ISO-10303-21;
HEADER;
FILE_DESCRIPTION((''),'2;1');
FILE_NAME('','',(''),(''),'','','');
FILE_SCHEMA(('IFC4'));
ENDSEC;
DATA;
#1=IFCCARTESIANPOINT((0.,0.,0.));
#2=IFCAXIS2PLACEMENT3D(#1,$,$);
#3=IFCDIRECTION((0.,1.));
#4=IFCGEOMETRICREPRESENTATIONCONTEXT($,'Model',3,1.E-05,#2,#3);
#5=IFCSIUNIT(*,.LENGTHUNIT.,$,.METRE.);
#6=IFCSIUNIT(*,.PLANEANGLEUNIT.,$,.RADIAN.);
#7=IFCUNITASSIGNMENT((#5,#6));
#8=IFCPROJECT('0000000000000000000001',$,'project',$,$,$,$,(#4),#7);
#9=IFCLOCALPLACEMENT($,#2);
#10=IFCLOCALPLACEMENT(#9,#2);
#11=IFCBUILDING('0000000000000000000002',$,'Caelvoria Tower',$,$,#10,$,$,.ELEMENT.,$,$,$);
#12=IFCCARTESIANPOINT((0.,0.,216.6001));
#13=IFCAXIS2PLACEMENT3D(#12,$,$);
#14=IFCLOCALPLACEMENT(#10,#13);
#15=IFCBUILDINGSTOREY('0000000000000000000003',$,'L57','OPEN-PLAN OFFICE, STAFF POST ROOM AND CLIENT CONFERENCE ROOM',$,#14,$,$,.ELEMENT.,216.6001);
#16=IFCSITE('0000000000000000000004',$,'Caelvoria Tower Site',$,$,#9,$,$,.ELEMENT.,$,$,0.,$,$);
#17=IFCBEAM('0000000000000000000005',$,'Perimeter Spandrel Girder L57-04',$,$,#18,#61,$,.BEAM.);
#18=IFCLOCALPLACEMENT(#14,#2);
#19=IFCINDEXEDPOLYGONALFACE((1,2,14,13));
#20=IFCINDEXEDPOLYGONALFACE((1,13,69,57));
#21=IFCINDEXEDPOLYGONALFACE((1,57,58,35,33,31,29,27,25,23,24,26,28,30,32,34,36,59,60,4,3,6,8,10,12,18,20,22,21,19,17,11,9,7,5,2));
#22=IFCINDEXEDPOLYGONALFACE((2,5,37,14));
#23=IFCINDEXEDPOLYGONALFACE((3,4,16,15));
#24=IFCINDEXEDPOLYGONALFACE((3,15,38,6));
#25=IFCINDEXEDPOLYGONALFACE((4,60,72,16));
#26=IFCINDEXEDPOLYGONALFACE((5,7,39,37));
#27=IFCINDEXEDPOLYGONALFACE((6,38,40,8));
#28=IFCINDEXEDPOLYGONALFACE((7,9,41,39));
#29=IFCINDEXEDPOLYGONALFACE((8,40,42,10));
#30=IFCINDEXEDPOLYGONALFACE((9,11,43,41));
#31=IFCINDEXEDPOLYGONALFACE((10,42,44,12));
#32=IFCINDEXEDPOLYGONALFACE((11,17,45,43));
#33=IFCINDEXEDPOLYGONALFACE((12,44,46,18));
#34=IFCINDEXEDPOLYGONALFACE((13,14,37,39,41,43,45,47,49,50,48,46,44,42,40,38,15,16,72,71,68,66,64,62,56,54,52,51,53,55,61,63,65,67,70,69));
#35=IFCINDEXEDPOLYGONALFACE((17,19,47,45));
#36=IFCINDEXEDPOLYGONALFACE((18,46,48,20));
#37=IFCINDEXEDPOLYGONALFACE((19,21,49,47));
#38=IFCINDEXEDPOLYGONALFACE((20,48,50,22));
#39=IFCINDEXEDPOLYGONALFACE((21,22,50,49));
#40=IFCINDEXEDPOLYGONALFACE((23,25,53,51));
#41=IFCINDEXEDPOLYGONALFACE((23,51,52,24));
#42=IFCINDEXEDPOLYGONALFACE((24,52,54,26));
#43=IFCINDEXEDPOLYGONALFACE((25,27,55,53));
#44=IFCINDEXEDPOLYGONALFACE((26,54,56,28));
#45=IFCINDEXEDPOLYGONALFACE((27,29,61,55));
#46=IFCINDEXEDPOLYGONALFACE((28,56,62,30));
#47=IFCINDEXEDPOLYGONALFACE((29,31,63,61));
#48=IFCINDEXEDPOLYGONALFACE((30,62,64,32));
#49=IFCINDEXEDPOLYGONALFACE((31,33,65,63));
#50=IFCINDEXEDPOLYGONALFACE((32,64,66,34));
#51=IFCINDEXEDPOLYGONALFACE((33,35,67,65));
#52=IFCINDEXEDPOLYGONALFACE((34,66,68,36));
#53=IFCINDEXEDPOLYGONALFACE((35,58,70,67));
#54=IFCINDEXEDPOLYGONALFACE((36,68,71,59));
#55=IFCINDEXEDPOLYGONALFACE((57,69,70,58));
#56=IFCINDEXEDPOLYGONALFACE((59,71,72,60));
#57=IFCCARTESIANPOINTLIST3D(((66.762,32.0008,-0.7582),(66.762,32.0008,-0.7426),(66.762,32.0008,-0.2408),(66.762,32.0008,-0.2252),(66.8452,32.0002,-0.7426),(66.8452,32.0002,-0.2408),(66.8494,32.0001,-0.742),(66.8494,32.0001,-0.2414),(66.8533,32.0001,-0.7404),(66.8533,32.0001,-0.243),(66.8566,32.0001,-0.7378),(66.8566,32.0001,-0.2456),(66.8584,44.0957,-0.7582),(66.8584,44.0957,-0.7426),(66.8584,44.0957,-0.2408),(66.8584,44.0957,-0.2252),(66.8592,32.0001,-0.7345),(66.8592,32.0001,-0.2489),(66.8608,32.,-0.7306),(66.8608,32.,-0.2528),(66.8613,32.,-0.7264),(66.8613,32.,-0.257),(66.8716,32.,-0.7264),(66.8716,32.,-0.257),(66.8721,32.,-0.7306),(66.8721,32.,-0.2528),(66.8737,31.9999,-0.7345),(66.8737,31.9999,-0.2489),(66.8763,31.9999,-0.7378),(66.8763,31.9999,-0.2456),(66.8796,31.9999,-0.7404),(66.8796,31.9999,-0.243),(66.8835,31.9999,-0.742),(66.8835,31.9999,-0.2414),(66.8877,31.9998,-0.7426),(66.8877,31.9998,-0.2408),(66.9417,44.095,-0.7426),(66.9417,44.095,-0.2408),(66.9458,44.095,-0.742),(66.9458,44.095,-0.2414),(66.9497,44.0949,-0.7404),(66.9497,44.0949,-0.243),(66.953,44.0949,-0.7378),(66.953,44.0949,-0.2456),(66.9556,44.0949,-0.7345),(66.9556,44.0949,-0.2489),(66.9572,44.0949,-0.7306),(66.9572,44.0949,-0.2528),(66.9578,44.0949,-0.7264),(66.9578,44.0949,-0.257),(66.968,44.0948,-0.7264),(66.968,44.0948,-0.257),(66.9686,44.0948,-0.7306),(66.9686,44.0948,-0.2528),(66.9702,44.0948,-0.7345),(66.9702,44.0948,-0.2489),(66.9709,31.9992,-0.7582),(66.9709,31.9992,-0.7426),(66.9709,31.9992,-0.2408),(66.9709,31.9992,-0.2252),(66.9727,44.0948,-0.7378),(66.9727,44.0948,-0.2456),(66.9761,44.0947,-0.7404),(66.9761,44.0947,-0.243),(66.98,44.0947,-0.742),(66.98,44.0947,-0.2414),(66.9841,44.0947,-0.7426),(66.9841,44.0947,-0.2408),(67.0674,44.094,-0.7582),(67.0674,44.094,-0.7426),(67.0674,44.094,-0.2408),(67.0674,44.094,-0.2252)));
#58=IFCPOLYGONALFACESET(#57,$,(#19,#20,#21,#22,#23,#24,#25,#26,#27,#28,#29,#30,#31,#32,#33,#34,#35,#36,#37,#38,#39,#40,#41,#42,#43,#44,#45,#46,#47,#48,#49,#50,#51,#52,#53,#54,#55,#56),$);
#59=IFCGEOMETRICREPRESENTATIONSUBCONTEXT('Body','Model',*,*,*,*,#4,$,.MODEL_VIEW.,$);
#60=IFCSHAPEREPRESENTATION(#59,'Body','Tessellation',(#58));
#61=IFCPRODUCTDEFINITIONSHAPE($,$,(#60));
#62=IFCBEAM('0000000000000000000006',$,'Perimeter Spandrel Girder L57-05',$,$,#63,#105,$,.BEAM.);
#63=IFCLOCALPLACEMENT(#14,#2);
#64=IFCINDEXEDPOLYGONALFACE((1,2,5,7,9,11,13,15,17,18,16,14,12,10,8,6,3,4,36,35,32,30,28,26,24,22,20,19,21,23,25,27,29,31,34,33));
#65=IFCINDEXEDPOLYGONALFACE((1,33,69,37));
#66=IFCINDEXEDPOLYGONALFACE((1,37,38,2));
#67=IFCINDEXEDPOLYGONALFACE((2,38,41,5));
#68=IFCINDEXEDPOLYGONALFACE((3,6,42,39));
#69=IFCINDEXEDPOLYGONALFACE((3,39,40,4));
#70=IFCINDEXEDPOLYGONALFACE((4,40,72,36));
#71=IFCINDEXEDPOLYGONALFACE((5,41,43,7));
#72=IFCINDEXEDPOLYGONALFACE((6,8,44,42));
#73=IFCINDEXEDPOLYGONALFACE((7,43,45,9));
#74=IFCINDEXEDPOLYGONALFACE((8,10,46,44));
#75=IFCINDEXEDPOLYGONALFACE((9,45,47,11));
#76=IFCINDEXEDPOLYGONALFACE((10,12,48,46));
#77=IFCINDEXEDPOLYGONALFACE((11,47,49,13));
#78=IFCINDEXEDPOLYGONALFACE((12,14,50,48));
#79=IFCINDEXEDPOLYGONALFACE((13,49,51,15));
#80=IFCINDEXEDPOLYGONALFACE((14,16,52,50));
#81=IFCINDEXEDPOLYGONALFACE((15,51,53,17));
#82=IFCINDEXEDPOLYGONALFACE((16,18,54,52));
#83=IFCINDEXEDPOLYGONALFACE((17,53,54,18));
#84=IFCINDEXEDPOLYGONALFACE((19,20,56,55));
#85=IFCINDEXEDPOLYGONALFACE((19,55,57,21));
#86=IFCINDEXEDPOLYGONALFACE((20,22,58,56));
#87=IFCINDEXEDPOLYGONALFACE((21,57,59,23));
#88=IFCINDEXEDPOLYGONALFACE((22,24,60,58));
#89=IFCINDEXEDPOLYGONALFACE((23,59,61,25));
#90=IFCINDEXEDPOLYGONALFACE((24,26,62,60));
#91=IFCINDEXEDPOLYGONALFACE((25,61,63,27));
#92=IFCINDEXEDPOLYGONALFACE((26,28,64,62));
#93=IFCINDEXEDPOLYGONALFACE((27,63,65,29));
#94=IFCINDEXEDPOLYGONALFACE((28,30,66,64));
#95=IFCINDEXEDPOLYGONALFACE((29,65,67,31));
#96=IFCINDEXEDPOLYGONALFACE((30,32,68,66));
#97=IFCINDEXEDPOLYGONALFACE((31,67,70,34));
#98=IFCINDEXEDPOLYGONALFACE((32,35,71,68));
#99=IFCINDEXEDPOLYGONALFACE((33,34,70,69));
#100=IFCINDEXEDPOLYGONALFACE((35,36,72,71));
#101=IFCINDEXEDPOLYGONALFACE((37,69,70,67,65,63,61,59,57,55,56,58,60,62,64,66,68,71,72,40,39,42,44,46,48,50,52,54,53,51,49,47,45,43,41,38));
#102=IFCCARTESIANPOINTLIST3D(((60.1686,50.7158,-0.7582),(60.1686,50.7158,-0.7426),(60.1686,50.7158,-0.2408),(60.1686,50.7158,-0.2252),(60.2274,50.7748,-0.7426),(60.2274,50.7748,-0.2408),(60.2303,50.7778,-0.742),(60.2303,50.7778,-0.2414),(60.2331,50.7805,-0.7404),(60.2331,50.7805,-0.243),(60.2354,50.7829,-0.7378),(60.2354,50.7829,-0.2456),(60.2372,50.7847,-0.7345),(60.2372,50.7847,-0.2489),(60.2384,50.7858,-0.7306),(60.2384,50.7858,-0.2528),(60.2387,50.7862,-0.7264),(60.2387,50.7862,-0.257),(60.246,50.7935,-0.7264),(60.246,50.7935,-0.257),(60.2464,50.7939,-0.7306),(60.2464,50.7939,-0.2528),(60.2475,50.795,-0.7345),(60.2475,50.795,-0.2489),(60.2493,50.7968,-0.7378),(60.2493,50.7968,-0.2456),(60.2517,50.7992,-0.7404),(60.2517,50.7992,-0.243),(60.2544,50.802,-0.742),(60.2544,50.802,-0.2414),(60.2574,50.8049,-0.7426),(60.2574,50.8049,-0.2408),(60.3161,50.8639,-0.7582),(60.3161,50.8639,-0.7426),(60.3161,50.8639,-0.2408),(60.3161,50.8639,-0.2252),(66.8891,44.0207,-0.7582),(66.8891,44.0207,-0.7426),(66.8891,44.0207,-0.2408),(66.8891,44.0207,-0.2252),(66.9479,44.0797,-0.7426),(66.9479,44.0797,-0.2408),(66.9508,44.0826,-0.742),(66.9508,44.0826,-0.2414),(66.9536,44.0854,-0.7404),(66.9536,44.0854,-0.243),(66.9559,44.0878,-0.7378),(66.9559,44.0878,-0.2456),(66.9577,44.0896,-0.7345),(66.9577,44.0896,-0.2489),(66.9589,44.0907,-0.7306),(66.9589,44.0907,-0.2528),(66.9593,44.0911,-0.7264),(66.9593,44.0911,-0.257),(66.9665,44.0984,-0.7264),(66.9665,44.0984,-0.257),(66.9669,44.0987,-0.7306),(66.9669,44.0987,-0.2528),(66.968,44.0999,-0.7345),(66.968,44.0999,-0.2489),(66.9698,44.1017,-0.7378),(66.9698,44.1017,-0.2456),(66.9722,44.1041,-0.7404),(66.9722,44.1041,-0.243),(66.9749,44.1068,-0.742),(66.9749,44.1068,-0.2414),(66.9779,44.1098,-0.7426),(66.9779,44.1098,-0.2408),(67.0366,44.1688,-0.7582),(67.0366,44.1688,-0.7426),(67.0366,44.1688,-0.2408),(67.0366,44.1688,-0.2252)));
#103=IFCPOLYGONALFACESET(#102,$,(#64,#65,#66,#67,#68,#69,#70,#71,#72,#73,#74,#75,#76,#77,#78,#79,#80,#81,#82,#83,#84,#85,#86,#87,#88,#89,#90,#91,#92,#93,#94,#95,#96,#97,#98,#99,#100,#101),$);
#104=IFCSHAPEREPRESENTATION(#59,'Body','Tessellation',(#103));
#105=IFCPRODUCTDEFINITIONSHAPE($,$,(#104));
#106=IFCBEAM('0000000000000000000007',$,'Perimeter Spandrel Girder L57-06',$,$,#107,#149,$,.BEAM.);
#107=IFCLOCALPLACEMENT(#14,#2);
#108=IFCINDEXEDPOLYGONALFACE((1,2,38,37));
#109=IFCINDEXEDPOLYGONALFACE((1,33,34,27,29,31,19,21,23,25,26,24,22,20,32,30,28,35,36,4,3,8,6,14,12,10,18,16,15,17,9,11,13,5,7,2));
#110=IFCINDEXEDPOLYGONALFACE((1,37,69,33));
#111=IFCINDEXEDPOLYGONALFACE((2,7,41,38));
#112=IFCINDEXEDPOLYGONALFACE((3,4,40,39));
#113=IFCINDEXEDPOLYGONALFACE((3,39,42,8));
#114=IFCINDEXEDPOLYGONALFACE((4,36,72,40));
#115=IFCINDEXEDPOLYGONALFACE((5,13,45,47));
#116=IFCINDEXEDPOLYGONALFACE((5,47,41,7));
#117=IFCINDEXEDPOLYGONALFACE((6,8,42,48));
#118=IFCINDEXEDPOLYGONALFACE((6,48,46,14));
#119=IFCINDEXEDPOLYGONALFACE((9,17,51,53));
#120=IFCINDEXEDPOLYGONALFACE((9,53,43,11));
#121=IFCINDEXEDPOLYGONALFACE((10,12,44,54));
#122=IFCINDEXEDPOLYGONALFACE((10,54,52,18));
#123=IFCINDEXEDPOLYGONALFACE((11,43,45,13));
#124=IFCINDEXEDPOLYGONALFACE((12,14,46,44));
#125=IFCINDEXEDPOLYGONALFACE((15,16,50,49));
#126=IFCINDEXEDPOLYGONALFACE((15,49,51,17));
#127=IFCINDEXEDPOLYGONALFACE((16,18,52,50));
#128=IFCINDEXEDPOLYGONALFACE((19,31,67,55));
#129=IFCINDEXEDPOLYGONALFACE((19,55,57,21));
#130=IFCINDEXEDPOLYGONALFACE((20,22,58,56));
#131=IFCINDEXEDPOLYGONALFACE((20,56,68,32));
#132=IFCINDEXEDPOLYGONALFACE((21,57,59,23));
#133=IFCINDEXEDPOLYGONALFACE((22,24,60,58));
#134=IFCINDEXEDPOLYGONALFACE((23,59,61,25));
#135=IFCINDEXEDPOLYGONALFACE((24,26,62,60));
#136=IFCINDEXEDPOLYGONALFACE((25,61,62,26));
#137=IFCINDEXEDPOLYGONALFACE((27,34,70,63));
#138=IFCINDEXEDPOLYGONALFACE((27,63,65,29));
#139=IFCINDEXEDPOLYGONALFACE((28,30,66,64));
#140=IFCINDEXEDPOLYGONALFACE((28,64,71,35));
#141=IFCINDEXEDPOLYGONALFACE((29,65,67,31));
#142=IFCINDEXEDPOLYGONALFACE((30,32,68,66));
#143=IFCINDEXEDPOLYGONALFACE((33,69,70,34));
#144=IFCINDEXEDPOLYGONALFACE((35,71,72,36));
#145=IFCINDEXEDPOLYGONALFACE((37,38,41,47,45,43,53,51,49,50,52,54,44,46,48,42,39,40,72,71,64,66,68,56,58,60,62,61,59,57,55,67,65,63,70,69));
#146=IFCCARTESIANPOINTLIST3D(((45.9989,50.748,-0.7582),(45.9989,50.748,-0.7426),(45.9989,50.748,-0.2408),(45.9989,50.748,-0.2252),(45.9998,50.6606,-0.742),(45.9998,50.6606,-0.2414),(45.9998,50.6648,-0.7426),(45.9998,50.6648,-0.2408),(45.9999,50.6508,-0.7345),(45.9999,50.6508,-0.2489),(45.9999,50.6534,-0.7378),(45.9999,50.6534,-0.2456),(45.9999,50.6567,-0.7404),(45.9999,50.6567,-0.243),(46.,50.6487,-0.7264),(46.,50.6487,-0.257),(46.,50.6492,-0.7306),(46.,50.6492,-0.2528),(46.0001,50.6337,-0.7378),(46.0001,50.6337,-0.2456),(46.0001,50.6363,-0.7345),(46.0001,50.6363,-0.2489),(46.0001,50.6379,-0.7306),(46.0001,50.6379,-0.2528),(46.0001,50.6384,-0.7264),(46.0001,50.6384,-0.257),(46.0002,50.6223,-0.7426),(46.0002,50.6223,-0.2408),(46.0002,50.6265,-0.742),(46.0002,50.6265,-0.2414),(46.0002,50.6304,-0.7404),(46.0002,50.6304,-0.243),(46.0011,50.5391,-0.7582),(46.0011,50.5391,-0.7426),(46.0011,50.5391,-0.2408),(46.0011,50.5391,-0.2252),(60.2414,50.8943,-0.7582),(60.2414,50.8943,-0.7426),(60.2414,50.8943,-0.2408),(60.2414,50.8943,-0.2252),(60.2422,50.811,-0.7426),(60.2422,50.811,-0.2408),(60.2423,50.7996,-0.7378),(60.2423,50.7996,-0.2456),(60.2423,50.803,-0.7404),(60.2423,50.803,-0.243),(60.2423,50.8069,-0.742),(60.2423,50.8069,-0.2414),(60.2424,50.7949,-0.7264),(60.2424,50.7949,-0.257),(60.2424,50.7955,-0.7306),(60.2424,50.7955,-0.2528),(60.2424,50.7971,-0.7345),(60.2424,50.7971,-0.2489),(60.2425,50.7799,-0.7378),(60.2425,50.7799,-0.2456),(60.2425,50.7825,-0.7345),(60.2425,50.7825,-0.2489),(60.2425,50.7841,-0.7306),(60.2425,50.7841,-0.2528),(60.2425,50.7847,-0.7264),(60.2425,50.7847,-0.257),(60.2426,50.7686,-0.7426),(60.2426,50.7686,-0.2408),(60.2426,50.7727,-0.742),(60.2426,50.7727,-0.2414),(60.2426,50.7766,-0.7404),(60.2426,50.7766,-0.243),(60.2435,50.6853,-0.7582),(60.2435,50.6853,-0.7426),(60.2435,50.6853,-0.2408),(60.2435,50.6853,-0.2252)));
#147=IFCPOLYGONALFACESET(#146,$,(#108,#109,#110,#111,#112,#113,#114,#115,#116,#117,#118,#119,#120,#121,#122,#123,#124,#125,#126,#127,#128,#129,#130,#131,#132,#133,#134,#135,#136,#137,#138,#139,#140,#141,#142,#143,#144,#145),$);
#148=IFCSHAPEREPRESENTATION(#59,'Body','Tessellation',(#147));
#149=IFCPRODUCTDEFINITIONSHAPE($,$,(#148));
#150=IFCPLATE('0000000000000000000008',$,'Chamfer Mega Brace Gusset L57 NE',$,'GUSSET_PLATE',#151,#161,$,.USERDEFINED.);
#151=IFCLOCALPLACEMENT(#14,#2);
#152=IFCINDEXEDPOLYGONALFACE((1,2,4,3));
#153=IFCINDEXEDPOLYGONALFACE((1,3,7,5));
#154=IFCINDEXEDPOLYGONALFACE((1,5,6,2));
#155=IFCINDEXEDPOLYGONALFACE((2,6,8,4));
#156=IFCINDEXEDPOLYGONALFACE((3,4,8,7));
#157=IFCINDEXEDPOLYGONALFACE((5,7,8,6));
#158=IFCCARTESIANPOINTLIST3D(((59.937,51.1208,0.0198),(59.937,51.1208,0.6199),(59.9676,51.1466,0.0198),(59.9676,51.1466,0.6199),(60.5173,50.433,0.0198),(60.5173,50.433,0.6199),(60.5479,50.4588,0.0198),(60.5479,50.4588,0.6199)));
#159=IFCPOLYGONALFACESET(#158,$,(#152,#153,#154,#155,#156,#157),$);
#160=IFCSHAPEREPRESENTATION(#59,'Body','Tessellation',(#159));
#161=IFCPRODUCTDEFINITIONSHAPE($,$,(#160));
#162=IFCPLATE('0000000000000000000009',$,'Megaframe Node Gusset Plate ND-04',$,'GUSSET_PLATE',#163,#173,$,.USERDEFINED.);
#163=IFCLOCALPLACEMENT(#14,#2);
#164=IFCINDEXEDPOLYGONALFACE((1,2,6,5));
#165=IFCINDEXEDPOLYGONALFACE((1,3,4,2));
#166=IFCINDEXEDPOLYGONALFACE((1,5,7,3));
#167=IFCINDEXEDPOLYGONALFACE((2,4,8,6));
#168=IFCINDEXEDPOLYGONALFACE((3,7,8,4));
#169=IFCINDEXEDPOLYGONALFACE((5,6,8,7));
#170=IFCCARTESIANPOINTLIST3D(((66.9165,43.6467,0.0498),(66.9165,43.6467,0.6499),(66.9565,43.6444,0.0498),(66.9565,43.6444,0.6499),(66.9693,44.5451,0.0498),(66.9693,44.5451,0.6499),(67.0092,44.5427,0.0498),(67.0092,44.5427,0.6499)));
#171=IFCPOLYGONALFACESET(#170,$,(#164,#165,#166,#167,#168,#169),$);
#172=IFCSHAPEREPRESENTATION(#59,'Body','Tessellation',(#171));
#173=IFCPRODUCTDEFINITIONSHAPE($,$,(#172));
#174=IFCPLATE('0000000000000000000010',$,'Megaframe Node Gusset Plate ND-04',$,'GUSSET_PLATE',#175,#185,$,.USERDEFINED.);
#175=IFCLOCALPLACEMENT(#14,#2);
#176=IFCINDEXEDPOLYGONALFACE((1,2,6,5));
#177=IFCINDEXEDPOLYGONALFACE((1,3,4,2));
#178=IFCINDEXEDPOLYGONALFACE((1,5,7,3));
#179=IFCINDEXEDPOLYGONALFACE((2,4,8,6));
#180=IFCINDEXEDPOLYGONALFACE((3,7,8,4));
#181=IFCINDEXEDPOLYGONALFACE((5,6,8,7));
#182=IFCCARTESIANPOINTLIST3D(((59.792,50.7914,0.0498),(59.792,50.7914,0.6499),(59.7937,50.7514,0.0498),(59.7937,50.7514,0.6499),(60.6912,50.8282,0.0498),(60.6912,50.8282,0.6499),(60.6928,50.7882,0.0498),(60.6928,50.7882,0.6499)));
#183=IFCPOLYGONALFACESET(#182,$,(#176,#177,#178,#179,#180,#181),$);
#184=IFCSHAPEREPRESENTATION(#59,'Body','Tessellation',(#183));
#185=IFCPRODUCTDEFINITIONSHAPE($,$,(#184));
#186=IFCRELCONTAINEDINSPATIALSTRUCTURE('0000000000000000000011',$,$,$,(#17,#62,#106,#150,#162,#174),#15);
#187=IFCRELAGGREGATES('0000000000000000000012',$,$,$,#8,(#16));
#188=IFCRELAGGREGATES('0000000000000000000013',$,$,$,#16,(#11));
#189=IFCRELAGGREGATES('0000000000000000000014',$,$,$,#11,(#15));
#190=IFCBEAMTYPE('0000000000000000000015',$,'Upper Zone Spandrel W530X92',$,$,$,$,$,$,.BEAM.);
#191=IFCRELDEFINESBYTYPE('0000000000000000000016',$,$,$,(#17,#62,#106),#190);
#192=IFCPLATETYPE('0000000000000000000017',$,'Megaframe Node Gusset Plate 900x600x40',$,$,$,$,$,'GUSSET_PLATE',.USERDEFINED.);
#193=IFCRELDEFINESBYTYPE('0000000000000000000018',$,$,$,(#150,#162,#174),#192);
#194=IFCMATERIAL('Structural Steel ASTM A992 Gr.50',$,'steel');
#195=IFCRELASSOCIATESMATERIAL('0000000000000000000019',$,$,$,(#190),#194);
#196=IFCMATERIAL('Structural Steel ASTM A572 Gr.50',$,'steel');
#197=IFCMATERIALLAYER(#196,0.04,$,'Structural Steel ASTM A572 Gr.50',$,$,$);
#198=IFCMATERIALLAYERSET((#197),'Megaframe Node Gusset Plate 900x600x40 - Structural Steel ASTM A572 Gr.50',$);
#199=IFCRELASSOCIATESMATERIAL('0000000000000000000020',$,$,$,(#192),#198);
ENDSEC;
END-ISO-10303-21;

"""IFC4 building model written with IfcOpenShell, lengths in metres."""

from ifc_helpers import new_model, si_unit, direction, frame, origin, origin_2d, place, context, subcontext, project, spatial, rectangle, i_section, extrude, material, layer, layer_set, material_profile, profile_set, type_object, element, save


model = new_model("IFC4")

# Units and contexts
model_context = context("Model", 3, precision=1e-05, world=origin(), true_north=direction((0.0, 1.0)))
body_context = subcontext(model_context, "Body", "Model", "MODEL_VIEW")
ifc_project = project(units=[si_unit("LENGTHUNIT", "METRE"), si_unit("PLANEANGLEUNIT", "RADIAN")], contexts=[model_context])

# Site, building, storey
site_placement = place(None, origin())
site = spatial("IfcSite", under=ifc_project, at=site_placement, Name="Caelvoria Tower Site", CompositionType="ELEMENT", RefElevation=0.0)
building_placement = place(site_placement, origin())
building = spatial("IfcBuilding", under=site, at=building_placement, Name="Caelvoria Tower", CompositionType="ELEMENT")
storey_placement = place(building_placement, frame((0.0, 0.0, 216.6001)))
storey = spatial("IfcBuildingStorey", under=building, at=storey_placement, Name="L57", Description="OPEN-PLAN OFFICE, STAFF POST ROOM AND CLIENT CONFERENCE ROOM", CompositionType="ELEMENT", Elevation=216.6001)

# Shared definitions
ifc_material_1 = material(Name="Structural Steel ASTM A572 Gr.50", Category="steel")

# Shared definitions
ifc_material_2 = material(Name="Structural Steel ASTM A992 Gr.50", Category="steel")

# Beams
ifc_material_profile_1 = material_profile(ifc_material_2, i_section(OverallWidth=0.209, OverallDepth=0.533, WebThickness=0.0103, FlangeThickness=0.0156, FilletRadius=0.0161, at=origin_2d()), Name="Structural Steel ASTM A992 Gr.50")
ifc_profile_set_1 = profile_set([ifc_material_profile_1], Name="W530X92 - Structural Steel ASTM A992 Gr.50")
beam_type_1 = type_object("IfcBeamType", Name="Upper Zone Spandrel W530X92", PredefinedType="BEAM", material=ifc_profile_set_1)
beam_1_placement = place(storey_placement, frame((66.8665, 32.0, -0.4917), z_axis=(0.007973, 0.999968, 0.0), x_axis=(-0.999968, 0.007973, 0.0)))
element("IfcBeam", 1, at=beam_1_placement, inside=storey, type_object=beam_type_1, Name="Perimeter Spandrel Girder L57-04", PredefinedType="BEAM", context=body_context, shape_type="SweptSolid", body=[
    extrude(i_section(OverallWidth=0.209, OverallDepth=0.533, WebThickness=0.0103, FlangeThickness=0.0156, FilletRadius=0.0161, at=origin_2d()), origin(), (0.0, 0.0, 1.0), 12.0952),
])
beam_2_placement = place(storey_placement, frame((66.9629, 44.0947, -0.4917), z_axis=(-0.708444, 0.705767, 0.0), x_axis=(-0.705767, -0.708444, 0.0)))
element("IfcBeam", 2, at=beam_2_placement, inside=storey, type_object=beam_type_1, Name="Perimeter Spandrel Girder L57-05", PredefinedType="BEAM", context=body_context, shape_type="SweptSolid", body=[
    extrude(i_section(OverallWidth=0.209, OverallDepth=0.533, WebThickness=0.0103, FlangeThickness=0.0156, FilletRadius=0.0161, at=origin_2d()), origin(), (0.0, 0.0, 1.0), 9.4863),
])
beam_3_placement = place(storey_placement, frame((60.2424, 50.7898, -0.4917), z_axis=(-0.999947, -0.010267, 0.0), x_axis=(0.010267, -0.999947, 0.0)))
element("IfcBeam", 3, at=beam_3_placement, inside=storey, type_object=beam_type_1, Name="Perimeter Spandrel Girder L57-06", PredefinedType="BEAM", context=body_context, shape_type="SweptSolid", body=[
    extrude(i_section(OverallWidth=0.209, OverallDepth=0.533, WebThickness=0.0103, FlangeThickness=0.0156, FilletRadius=0.0161, at=origin_2d()), origin(), (0.0, 0.0, 1.0), 14.2432),
])

# Plates
ifc_layer_1 = layer(ifc_material_1, 0.04, Name="Structural Steel ASTM A572 Gr.50")
ifc_layer_set_1 = layer_set([ifc_layer_1], Name="Megaframe Node Gusset Plate 900x600x40 - Structural Steel ASTM A572 Gr.50")
plate_type = type_object("IfcPlateType", Name="Megaframe Node Gusset Plate 900x600x40", ElementType="GUSSET_PLATE", PredefinedType="USERDEFINED", material=ifc_layer_set_1)
for number, where, z_axis, x_axis, name in (
    (4, (60.2424, 50.7898, 0.0198), (0.0, 0.0, 1.0), (0.644788, -0.764361, 0.0), "Chamfer Mega Brace Gusset L57 NE"),
    (5, (66.9629, 44.0947, 0.0498), (0.0, 0.0, 1.0), (-0.058611, -0.998281, 0.0), "Megaframe Node Gusset Plate ND-04"),
    (6, (60.2424, 50.7898, 0.0498), (0.0, 0.0, 1.0), (-0.999165, -0.040864, 0.0), "Megaframe Node Gusset Plate ND-04"),
):
    element("IfcPlate", number, at=place(storey_placement, frame(where, z_axis=z_axis, x_axis=x_axis)), inside=storey, type_object=plate_type, Name=name, ObjectType="GUSSET_PLATE", PredefinedType="USERDEFINED", context=body_context, shape_type="SweptSolid", body=[
        extrude(rectangle(XDim=0.8999, YDim=0.04, at=origin_2d()), origin(), (0.0, 0.0, 1.0), 0.6001),
    ])

save(model, "model.ifc")
